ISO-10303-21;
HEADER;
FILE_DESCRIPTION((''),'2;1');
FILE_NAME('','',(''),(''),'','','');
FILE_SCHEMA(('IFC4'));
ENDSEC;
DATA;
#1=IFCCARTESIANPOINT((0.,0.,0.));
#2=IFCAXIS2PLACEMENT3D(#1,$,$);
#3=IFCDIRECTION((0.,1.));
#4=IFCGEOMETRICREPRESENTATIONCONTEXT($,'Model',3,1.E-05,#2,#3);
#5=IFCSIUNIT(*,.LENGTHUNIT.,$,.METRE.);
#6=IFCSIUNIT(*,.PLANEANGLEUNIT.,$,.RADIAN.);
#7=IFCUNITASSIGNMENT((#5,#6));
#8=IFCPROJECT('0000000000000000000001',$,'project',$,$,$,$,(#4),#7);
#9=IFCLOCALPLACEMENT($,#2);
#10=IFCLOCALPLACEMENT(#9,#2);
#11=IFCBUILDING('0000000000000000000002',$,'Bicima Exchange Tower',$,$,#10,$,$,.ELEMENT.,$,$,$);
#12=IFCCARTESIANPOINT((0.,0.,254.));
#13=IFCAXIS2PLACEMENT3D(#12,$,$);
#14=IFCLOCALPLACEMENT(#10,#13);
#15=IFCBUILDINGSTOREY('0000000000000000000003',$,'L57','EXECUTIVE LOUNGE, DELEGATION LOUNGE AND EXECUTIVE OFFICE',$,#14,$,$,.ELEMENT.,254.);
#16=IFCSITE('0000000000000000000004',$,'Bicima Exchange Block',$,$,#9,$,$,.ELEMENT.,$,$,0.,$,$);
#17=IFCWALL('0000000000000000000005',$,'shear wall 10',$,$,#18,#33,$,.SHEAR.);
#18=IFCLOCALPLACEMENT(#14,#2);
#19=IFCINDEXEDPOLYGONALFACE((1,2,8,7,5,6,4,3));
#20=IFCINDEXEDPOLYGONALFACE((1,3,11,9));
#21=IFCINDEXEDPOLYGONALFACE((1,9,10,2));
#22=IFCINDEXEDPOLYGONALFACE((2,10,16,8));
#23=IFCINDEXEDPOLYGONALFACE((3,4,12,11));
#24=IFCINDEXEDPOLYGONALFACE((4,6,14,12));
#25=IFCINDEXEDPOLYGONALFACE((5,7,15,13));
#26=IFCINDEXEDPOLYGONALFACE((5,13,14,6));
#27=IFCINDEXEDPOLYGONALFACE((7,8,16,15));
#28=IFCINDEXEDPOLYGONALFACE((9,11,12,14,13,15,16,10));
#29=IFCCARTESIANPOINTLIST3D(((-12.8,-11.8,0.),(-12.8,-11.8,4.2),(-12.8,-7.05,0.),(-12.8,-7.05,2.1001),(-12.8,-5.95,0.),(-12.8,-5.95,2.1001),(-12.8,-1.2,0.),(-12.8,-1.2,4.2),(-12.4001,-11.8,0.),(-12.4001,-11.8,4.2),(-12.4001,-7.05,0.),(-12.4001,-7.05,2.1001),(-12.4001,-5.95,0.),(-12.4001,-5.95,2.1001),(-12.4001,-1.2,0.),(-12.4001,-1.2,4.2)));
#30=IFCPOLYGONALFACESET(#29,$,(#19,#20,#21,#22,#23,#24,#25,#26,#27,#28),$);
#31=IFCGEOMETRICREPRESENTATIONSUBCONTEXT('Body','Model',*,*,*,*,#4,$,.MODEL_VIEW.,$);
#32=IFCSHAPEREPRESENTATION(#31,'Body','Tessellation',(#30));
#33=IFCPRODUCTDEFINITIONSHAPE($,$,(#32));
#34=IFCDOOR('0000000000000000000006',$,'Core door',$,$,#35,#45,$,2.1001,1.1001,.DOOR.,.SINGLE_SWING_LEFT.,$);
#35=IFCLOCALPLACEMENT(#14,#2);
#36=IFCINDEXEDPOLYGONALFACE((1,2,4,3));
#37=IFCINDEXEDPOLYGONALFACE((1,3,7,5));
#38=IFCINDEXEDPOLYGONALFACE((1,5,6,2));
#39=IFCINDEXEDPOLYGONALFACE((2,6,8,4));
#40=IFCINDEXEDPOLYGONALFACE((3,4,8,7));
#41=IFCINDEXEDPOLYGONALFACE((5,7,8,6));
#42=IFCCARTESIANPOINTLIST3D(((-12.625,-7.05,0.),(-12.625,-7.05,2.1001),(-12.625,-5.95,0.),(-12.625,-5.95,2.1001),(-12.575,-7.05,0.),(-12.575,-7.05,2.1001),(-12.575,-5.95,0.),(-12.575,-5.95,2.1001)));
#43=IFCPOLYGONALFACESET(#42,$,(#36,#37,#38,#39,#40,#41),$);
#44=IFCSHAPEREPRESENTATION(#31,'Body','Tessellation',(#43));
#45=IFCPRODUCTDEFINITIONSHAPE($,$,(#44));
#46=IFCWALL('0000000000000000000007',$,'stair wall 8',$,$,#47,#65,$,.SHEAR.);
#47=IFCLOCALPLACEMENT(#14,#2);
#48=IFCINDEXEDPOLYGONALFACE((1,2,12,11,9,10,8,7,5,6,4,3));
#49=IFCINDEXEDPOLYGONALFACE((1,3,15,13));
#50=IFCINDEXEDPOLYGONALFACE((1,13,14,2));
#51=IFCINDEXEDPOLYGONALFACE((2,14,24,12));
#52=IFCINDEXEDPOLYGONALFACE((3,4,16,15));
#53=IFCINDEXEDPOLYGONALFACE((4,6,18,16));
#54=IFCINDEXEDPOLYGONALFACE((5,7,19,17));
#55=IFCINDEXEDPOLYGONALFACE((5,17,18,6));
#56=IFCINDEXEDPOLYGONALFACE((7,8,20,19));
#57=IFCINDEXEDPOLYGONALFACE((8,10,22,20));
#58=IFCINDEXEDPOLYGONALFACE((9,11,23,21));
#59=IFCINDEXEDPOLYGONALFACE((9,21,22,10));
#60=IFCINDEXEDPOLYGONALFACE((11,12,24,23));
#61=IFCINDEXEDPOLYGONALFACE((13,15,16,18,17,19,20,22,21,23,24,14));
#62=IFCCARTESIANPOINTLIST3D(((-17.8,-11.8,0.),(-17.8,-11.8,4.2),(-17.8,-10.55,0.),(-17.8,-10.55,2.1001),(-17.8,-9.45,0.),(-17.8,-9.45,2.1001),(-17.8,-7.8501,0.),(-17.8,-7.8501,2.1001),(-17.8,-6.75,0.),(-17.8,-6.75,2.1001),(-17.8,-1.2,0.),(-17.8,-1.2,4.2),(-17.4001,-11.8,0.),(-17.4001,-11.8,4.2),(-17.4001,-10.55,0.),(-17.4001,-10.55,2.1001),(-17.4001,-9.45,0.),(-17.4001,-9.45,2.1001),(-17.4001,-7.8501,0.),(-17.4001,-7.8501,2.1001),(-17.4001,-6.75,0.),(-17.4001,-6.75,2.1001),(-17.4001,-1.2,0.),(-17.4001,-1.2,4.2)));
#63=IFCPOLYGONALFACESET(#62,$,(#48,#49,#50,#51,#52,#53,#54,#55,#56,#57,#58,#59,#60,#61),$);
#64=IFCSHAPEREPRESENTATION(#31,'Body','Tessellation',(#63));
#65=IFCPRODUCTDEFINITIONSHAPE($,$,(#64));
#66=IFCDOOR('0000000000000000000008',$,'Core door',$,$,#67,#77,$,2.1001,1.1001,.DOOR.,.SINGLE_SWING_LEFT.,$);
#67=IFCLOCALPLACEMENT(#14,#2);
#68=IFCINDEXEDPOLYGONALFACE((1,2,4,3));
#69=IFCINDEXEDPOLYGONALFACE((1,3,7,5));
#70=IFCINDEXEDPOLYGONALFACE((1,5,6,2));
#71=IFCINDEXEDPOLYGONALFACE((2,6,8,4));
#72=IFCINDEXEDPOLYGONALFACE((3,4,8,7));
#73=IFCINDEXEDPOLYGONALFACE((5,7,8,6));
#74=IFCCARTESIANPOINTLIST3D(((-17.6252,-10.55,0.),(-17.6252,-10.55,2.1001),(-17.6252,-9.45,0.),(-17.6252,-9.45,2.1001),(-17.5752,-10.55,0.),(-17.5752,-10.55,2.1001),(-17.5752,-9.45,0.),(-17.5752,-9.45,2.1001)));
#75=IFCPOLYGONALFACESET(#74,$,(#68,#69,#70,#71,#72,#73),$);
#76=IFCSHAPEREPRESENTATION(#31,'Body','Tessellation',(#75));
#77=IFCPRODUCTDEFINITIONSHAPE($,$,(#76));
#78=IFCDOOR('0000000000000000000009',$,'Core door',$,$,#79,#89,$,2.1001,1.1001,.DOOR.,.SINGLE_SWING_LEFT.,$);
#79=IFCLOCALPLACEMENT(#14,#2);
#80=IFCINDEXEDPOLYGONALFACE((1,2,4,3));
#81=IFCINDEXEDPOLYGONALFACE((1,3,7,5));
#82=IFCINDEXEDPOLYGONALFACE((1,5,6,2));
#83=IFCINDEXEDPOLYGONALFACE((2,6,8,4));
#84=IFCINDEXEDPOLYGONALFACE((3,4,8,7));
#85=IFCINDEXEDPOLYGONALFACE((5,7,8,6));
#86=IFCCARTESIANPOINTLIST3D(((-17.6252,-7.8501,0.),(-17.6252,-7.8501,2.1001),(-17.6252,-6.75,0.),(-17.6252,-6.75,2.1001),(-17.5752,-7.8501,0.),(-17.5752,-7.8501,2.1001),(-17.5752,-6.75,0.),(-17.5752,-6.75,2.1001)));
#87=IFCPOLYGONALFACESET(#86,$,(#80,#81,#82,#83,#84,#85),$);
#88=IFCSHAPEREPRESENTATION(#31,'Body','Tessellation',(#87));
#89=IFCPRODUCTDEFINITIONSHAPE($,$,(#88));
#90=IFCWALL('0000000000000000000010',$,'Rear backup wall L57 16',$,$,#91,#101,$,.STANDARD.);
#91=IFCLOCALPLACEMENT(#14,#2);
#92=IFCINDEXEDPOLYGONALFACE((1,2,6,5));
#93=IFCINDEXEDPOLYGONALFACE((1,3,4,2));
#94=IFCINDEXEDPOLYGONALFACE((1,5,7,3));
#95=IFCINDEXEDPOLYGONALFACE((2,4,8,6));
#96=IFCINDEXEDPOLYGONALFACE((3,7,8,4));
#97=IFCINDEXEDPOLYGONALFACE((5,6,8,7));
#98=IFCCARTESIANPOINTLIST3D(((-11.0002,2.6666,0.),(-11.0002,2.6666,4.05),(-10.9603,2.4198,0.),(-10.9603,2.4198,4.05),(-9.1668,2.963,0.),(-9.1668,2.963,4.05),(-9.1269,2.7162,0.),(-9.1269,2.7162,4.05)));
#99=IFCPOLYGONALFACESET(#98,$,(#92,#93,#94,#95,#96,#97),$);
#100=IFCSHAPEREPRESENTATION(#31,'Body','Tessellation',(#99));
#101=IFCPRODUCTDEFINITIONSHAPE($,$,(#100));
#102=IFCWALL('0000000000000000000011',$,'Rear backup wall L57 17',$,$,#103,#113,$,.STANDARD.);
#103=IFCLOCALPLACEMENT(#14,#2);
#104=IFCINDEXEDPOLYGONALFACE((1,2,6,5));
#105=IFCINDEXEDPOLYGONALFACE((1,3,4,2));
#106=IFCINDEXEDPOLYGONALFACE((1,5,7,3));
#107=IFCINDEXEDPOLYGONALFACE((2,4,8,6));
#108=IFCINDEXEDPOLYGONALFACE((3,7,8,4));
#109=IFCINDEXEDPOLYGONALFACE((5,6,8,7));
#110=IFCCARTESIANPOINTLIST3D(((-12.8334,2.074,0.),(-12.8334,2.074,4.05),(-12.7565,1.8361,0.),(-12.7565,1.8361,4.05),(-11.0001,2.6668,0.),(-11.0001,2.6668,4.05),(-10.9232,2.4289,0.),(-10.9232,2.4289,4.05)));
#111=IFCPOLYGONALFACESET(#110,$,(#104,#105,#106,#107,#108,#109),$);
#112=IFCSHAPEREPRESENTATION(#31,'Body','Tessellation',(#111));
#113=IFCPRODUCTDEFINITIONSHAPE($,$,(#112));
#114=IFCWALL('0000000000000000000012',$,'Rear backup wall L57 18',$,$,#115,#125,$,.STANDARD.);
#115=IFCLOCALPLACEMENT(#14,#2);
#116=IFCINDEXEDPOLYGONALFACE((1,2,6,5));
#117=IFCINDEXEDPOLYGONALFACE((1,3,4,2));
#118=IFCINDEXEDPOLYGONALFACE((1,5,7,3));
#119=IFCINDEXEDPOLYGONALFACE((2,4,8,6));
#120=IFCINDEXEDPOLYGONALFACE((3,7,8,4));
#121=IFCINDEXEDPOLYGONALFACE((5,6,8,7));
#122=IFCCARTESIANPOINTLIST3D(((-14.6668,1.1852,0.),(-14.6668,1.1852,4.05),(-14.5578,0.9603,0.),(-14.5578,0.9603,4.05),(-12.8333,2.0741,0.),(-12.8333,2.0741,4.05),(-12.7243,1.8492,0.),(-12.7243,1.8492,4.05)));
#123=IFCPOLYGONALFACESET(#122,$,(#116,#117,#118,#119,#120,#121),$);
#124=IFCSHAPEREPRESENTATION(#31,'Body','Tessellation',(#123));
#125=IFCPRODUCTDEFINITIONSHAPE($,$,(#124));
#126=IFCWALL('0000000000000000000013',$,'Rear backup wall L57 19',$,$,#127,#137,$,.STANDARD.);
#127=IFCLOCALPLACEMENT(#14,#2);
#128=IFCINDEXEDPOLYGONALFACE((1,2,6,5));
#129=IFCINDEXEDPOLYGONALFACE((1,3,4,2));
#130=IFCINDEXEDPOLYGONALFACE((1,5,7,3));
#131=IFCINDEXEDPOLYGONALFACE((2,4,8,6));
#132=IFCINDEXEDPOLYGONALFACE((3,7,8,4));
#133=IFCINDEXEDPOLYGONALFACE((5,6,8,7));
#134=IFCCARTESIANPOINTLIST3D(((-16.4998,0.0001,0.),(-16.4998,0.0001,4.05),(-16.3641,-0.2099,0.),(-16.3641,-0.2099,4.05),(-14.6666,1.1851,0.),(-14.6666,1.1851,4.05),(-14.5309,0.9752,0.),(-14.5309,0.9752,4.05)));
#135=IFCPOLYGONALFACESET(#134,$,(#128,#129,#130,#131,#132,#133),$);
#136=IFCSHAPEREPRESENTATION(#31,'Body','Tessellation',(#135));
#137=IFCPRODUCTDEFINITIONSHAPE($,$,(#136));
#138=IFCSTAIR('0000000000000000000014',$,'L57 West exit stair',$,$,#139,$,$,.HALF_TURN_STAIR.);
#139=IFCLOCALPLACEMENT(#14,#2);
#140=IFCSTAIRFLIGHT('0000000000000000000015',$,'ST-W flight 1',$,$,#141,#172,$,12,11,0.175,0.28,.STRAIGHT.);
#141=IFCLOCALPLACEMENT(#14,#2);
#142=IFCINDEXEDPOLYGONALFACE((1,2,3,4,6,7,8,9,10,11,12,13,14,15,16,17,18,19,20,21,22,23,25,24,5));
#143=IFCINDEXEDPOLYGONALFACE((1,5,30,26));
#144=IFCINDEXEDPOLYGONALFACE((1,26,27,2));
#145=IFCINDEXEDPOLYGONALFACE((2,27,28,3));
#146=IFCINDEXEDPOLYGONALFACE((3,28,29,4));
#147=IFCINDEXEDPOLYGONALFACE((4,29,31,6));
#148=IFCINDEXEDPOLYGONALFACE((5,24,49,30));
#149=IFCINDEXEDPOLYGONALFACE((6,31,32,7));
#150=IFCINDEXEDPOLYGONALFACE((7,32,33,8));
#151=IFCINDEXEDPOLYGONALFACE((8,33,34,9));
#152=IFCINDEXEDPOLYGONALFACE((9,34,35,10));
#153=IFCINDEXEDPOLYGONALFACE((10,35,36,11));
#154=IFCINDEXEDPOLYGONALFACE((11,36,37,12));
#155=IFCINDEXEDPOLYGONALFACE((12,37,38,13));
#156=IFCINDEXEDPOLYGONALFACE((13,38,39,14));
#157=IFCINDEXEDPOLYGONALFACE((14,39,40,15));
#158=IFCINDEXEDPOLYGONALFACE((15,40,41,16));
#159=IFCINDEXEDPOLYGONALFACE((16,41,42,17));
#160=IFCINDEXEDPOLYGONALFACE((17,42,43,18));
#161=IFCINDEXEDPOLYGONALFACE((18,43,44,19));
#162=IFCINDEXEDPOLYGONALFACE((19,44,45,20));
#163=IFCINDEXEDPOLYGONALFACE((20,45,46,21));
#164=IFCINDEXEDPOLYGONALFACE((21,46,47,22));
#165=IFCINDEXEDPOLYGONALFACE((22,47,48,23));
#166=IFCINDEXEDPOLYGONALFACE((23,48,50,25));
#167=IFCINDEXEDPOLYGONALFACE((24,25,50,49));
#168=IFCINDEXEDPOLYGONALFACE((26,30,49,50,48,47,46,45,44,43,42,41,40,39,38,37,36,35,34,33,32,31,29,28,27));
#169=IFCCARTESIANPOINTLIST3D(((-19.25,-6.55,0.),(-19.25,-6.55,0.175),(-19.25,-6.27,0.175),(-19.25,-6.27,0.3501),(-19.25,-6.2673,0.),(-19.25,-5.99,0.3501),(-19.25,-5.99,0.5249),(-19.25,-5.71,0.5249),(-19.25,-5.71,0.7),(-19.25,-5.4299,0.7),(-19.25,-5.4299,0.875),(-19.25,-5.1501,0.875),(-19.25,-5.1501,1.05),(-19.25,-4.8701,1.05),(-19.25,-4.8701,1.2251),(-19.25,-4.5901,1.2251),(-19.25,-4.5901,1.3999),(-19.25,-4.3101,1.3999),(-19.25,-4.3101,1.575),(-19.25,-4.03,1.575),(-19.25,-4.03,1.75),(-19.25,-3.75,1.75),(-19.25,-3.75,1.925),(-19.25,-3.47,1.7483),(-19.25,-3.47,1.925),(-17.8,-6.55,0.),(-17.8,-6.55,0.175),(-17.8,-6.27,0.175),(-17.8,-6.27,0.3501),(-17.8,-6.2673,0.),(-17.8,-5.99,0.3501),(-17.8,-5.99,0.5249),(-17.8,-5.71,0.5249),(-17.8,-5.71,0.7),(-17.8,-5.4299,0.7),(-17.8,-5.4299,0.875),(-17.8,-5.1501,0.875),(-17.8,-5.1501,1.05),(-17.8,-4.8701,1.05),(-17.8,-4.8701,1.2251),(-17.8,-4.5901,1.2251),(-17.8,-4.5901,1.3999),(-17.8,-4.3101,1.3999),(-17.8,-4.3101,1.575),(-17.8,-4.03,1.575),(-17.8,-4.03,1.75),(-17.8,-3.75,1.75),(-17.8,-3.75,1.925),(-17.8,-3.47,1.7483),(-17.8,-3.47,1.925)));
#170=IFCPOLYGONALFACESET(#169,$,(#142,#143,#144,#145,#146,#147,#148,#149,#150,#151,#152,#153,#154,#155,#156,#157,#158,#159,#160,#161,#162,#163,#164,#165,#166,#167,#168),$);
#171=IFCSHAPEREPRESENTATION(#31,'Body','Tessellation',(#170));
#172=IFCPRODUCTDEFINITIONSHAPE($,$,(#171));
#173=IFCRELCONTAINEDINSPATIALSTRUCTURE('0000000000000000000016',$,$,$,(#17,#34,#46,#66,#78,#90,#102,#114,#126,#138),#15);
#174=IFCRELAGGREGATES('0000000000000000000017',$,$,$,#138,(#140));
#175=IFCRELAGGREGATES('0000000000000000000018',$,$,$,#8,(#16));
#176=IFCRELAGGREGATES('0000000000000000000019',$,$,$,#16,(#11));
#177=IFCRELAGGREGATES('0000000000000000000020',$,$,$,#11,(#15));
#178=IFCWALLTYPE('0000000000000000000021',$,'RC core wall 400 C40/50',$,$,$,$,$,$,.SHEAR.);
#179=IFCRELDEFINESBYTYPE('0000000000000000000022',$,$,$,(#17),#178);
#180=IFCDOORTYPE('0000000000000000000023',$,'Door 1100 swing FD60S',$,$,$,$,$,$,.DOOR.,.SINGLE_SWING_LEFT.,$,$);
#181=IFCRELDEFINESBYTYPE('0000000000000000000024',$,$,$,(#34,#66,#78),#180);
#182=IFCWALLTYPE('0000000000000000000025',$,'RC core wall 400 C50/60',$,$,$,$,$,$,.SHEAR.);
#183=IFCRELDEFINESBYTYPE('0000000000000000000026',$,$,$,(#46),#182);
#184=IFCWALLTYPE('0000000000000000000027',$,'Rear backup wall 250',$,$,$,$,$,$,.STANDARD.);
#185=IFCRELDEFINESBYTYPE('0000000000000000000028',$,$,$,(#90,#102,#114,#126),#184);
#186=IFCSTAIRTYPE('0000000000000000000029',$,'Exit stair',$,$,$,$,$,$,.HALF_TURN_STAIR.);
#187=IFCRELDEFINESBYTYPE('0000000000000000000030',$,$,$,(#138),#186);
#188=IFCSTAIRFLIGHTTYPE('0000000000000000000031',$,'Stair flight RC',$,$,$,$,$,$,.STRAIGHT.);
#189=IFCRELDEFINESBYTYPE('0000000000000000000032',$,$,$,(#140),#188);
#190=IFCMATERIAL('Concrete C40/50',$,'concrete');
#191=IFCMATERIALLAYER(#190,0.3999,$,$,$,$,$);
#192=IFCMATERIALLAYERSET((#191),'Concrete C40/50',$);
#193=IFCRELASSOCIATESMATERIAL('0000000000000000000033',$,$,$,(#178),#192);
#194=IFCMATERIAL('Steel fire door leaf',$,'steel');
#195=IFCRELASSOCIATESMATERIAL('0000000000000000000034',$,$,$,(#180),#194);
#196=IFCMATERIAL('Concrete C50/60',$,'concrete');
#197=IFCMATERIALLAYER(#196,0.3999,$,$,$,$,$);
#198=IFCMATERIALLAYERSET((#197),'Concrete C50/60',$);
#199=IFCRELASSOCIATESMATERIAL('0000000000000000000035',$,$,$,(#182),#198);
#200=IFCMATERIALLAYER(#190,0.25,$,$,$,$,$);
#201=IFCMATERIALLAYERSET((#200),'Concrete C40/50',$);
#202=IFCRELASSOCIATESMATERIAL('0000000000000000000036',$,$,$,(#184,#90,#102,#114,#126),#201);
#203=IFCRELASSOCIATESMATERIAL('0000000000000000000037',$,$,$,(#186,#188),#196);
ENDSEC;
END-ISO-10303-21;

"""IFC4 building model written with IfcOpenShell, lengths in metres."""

from ifc_helpers import new_model, si_unit, direction, frame, frame_2d, origin, place, context, subcontext, project, spatial, polyline, rectangle, outline, extrude, material, layer, layer_set, layer_usage, type_object, element, fill, aggregate, save


model = new_model("IFC4")

# Units and contexts
model_context = context("Model", 3, precision=1e-05, world=origin(), true_north=direction((0.0, 1.0)))
body_context = subcontext(model_context, "Body", "Model", "MODEL_VIEW")
ifc_project = project(units=[si_unit("LENGTHUNIT", "METRE"), si_unit("PLANEANGLEUNIT", "RADIAN")], contexts=[model_context])

# Site, building, storey
site_placement = place(None, origin())
site = spatial("IfcSite", under=ifc_project, at=site_placement, Name="Bicima Exchange Block", CompositionType="ELEMENT", RefElevation=0.0)
building_placement = place(site_placement, origin())
building = spatial("IfcBuilding", under=site, at=building_placement, Name="Bicima Exchange Tower", CompositionType="ELEMENT")
storey_placement = place(building_placement, frame((0.0, 0.0, 254.0)))
storey = spatial("IfcBuildingStorey", under=building, at=storey_placement, Name="L57", Description="EXECUTIVE LOUNGE, DELEGATION LOUNGE AND EXECUTIVE OFFICE", CompositionType="ELEMENT", Elevation=254.0)

# Shared definitions
ifc_material_1 = material(Name="Concrete C40/50", Category="concrete")
ifc_layer_1 = layer(ifc_material_1, 0.3999)
ifc_layer_set_1 = layer_set([ifc_layer_1], Name="Concrete C40/50")
wall_type_1 = type_object("IfcWallType", Name="RC core wall 400 C40/50", PredefinedType="SHEAR", material=ifc_layer_set_1)

# Shared definitions
ifc_material_2 = material(Name="Steel fire door leaf", Category="steel")

# Wall, opening, door
wall_1_placement = place(storey_placement, frame((-12.6001, -11.8, 0.0), z_axis=(0.0, 0.0, 1.0), x_axis=(0.0, 1.0, 0.0)))
wall_1 = element("IfcWall", 1, at=wall_1_placement, inside=storey, type_object=wall_type_1, Name="shear wall 10", PredefinedType="SHEAR", context=body_context, shape_type="SweptSolid", body=[
    extrude(rectangle(XDim=10.6001, YDim=0.3999, at=frame_2d((5.3, 0.0))), origin(), (0.0, 0.0, 1.0), 4.2),
])
opening_1_placement = place(wall_1_placement, frame((4.75, 0.0, 0.0)))
opening_1 = element("IfcOpeningElement", 2, at=opening_1_placement, cuts=wall_1, PredefinedType="OPENING", context=body_context, shape_type="SweptSolid", body=[
    extrude(rectangle(XDim=1.1001, YDim=2.1001, at=frame_2d((0.55, 1.05))), frame((0.0, 0.2119, 0.0), z_axis=(0.0, -1.0, 0.0), x_axis=(1.0, 0.0, 0.0)), (0.0, 0.0, 1.0), 0.4238),
])
door_type_1 = type_object("IfcDoorType", Name="Door 1100 swing FD60S", OperationType="SINGLE_SWING_LEFT", PredefinedType="DOOR", material=ifc_material_2)
door_1_placement = place(opening_1_placement, origin())
door_1 = element("IfcDoor", 3, at=door_1_placement, inside=storey, type_object=door_type_1, Name="Core door", OperationType="SINGLE_SWING_LEFT", OverallHeight=2.1001, OverallWidth=1.1001, PredefinedType="DOOR", context=body_context, shape_type="SweptSolid", body=[
    extrude(rectangle(XDim=1.1001, YDim=2.1001, at=frame_2d((0.55, 1.05))), frame((0.0, 0.0249, 0.0), z_axis=(0.0, -1.0, 0.0), x_axis=(1.0, 0.0, 0.0)), (0.0, 0.0, 1.0), 0.05),
])
fill(opening_1, door_1)

# Wall, openings, doors
ifc_material_3 = material(Name="Concrete C50/60", Category="concrete")
ifc_layer_2 = layer(ifc_material_3, 0.3999)
ifc_layer_set_2 = layer_set([ifc_layer_2], Name="Concrete C50/60")
wall_type_2 = type_object("IfcWallType", Name="RC core wall 400 C50/60", PredefinedType="SHEAR", material=ifc_layer_set_2)
wall_2_placement = place(storey_placement, frame((-17.6001, -11.8, 0.0), z_axis=(0.0, 0.0, 1.0), x_axis=(0.0, 1.0, 0.0)))
wall_2 = element("IfcWall", 4, at=wall_2_placement, inside=storey, type_object=wall_type_2, Name="stair wall 8", PredefinedType="SHEAR", context=body_context, shape_type="SweptSolid", body=[
    extrude(rectangle(XDim=10.6001, YDim=0.3999, at=frame_2d((5.3, 0.0))), origin(), (0.0, 0.0, 1.0), 4.2),
])
opening_2_placement = place(wall_2_placement, frame((1.25, 0.0, 0.0)))
opening_2 = element("IfcOpeningElement", 5, at=opening_2_placement, cuts=wall_2, PredefinedType="OPENING", context=body_context, shape_type="SweptSolid", body=[
    extrude(rectangle(XDim=1.1001, YDim=2.1001, at=frame_2d((0.55, 1.05))), frame((0.0, 0.2119, 0.0), z_axis=(0.0, -1.0, 0.0), x_axis=(1.0, 0.0, 0.0)), (0.0, 0.0, 1.0), 0.4238),
])
opening_3_placement = place(wall_2_placement, frame((3.95, 0.0, 0.0)))
opening_3 = element("IfcOpeningElement", 6, at=opening_3_placement, cuts=wall_2, PredefinedType="OPENING", context=body_context, shape_type="SweptSolid", body=[
    extrude(rectangle(XDim=1.1001, YDim=2.1001, at=frame_2d((0.55, 1.05))), frame((0.0, 0.2119, 0.0), z_axis=(0.0, -1.0, 0.0), x_axis=(1.0, 0.0, 0.0)), (0.0, 0.0, 1.0), 0.4238),
])
door_2_placement = place(opening_2_placement, frame((1.1001, 0.0, 0.0), z_axis=(0.0, 0.0, 1.0), x_axis=(-1.0, 0.0, 0.0)))
door_2 = element("IfcDoor", 7, at=door_2_placement, inside=storey, type_object=door_type_1, Name="Core door", OperationType="SINGLE_SWING_LEFT", OverallHeight=2.1001, OverallWidth=1.1001, PredefinedType="DOOR", context=body_context, shape_type="SweptSolid", body=[
    extrude(rectangle(XDim=1.1001, YDim=2.1001, at=frame_2d((0.55, 1.05))), frame((0.0, 0.0249, 0.0), z_axis=(0.0, -1.0, 0.0), x_axis=(1.0, 0.0, 0.0)), (0.0, 0.0, 1.0), 0.05),
])
fill(opening_2, door_2)
door_3_placement = place(opening_3_placement, frame((1.1001, 0.0, 0.0), z_axis=(0.0, 0.0, 1.0), x_axis=(-1.0, 0.0, 0.0)))
door_3 = element("IfcDoor", 8, at=door_3_placement, inside=storey, type_object=door_type_1, Name="Core door", OperationType="SINGLE_SWING_LEFT", OverallHeight=2.1001, OverallWidth=1.1001, PredefinedType="DOOR", context=body_context, shape_type="SweptSolid", body=[
    extrude(rectangle(XDim=1.1001, YDim=2.1001, at=frame_2d((0.55, 1.05))), frame((0.0, 0.0249, 0.0), z_axis=(0.0, -1.0, 0.0), x_axis=(1.0, 0.0, 0.0)), (0.0, 0.0, 1.0), 0.05),
])
fill(opening_3, door_3)

# Walls
ifc_layer_3 = layer(ifc_material_1, 0.25)
ifc_layer_set_3 = layer_set([ifc_layer_3], Name="Concrete C40/50")
ifc_layer_usage = layer_usage(ifc_layer_set_3, "AXIS2", "POSITIVE", -0.125)
wall_type_3 = type_object("IfcWallType", Name="Rear backup wall 250", PredefinedType="STANDARD", material=ifc_layer_set_3)
wall_3_placement = place(storey_placement, frame((-9.1467, 2.8396, 0.0), z_axis=(0.0, 0.0, 1.0), x_axis=(-0.987182, -0.1596, 0.0)))
element("IfcWall", 9, at=wall_3_placement, inside=storey, type_object=wall_type_3, material=ifc_layer_usage, Name="Rear backup wall L57 16", PredefinedType="STANDARD", context=body_context, shape_type="SweptSolid", body=[
    extrude(rectangle(XDim=1.8572, YDim=0.25, at=frame_2d((0.9287, 0.0))), origin(), (0.0, 0.0, 1.0), 4.05),
])
wall_4_placement = place(storey_placement, frame((-10.9617, 2.5479, 0.0), z_axis=(0.0, 0.0, 1.0), x_axis=(-0.951496, -0.307662, 0.0)))
element("IfcWall", 10, at=wall_4_placement, inside=storey, type_object=wall_type_3, material=ifc_layer_usage, Name="Rear backup wall L57 17", PredefinedType="STANDARD", context=body_context, shape_type="SweptSolid", body=[
    extrude(rectangle(XDim=1.9268, YDim=0.25, at=frame_2d((0.9634, 0.0))), origin(), (0.0, 0.0, 1.0), 4.05),
])
wall_5_placement = place(storey_placement, frame((-12.7788, 1.9617, 0.0), z_axis=(0.0, 0.0, 1.0), x_axis=(-0.899824, -0.436253, 0.0)))
element("IfcWall", 11, at=wall_5_placement, inside=storey, type_object=wall_type_3, material=ifc_layer_usage, Name="Rear backup wall L57 18", PredefinedType="STANDARD", context=body_context, shape_type="SweptSolid", body=[
    extrude(rectangle(XDim=2.0376, YDim=0.25, at=frame_2d((1.0188, 0.0))), origin(), (0.0, 0.0, 1.0), 4.05),
])
wall_6_placement = place(storey_placement, frame((-14.5989, 1.0801, 0.0), z_axis=(0.0, 0.0, 1.0), x_axis=(-0.839813, -0.542876, 0.0)))
element("IfcWall", 12, at=wall_6_placement, inside=storey, type_object=wall_type_3, material=ifc_layer_usage, Name="Rear backup wall L57 19", PredefinedType="STANDARD", context=body_context, shape_type="SweptSolid", body=[
    extrude(rectangle(XDim=2.1829, YDim=0.25, at=frame_2d((1.0913, 0.0))), origin(), (0.0, 0.0, 1.0), 4.05),
])

# Stair, stair flight
stair_type = type_object("IfcStairType", Name="Exit stair", PredefinedType="HALF_TURN_STAIR", material=ifc_material_3)
stair_placement = place(storey_placement, origin())
stair = element("IfcStair", 13, at=stair_placement, inside=storey, type_object=stair_type, Name="L57 West exit stair", PredefinedType="HALF_TURN_STAIR")
stair_flight_type = type_object("IfcStairFlightType", Name="Stair flight RC", PredefinedType="STRAIGHT", material=ifc_material_3)
stair_flight_1_placement = place(storey_placement, frame((-18.5249, -6.55, 0.0), z_axis=(0.0, 0.0, 1.0), x_axis=(0.0, 1.0, 0.0)))
stair_flight_1 = element("IfcStairFlight", 14, at=stair_flight_1_placement, type_object=stair_flight_type, Name="ST-W flight 1", NumberOfRisers=12, NumberOfTreads=11, PredefinedType="STRAIGHT", RiserHeight=0.175, TreadLength=0.28, context=body_context, shape_type="SweptSolid", body=[
    extrude(outline(polyline([(0.0, 0.0), (0.0, 0.175), (0.28, 0.175), (0.28, 0.3501), (0.5601, 0.3501), (0.5601, 0.5249), (0.8401, 0.5249), (0.8401, 0.7), (1.1201, 0.7), (1.1201, 0.875), (1.3999, 0.875), (1.3999, 1.05), (1.6799, 1.05), (1.6799, 1.2251), (1.96, 1.2251), (1.96, 1.3999), (2.24, 1.3999), (2.24, 1.575), (2.52, 1.575), (2.52, 1.75), (2.8, 1.75), (2.8, 1.925), (3.0801, 1.925), (3.0801, 2.1001), (3.0801, 1.7483), (0.2827, 0.0), (0.0, 0.0)])), frame((0.0, 0.7251, 0.0), z_axis=(0.0, -1.0, 0.0), x_axis=(1.0, 0.0, 0.0)), (0.0, 0.0, 1.0), 1.45),
])
aggregate(stair, [stair_flight_1])

save(model, "model.ifc")
